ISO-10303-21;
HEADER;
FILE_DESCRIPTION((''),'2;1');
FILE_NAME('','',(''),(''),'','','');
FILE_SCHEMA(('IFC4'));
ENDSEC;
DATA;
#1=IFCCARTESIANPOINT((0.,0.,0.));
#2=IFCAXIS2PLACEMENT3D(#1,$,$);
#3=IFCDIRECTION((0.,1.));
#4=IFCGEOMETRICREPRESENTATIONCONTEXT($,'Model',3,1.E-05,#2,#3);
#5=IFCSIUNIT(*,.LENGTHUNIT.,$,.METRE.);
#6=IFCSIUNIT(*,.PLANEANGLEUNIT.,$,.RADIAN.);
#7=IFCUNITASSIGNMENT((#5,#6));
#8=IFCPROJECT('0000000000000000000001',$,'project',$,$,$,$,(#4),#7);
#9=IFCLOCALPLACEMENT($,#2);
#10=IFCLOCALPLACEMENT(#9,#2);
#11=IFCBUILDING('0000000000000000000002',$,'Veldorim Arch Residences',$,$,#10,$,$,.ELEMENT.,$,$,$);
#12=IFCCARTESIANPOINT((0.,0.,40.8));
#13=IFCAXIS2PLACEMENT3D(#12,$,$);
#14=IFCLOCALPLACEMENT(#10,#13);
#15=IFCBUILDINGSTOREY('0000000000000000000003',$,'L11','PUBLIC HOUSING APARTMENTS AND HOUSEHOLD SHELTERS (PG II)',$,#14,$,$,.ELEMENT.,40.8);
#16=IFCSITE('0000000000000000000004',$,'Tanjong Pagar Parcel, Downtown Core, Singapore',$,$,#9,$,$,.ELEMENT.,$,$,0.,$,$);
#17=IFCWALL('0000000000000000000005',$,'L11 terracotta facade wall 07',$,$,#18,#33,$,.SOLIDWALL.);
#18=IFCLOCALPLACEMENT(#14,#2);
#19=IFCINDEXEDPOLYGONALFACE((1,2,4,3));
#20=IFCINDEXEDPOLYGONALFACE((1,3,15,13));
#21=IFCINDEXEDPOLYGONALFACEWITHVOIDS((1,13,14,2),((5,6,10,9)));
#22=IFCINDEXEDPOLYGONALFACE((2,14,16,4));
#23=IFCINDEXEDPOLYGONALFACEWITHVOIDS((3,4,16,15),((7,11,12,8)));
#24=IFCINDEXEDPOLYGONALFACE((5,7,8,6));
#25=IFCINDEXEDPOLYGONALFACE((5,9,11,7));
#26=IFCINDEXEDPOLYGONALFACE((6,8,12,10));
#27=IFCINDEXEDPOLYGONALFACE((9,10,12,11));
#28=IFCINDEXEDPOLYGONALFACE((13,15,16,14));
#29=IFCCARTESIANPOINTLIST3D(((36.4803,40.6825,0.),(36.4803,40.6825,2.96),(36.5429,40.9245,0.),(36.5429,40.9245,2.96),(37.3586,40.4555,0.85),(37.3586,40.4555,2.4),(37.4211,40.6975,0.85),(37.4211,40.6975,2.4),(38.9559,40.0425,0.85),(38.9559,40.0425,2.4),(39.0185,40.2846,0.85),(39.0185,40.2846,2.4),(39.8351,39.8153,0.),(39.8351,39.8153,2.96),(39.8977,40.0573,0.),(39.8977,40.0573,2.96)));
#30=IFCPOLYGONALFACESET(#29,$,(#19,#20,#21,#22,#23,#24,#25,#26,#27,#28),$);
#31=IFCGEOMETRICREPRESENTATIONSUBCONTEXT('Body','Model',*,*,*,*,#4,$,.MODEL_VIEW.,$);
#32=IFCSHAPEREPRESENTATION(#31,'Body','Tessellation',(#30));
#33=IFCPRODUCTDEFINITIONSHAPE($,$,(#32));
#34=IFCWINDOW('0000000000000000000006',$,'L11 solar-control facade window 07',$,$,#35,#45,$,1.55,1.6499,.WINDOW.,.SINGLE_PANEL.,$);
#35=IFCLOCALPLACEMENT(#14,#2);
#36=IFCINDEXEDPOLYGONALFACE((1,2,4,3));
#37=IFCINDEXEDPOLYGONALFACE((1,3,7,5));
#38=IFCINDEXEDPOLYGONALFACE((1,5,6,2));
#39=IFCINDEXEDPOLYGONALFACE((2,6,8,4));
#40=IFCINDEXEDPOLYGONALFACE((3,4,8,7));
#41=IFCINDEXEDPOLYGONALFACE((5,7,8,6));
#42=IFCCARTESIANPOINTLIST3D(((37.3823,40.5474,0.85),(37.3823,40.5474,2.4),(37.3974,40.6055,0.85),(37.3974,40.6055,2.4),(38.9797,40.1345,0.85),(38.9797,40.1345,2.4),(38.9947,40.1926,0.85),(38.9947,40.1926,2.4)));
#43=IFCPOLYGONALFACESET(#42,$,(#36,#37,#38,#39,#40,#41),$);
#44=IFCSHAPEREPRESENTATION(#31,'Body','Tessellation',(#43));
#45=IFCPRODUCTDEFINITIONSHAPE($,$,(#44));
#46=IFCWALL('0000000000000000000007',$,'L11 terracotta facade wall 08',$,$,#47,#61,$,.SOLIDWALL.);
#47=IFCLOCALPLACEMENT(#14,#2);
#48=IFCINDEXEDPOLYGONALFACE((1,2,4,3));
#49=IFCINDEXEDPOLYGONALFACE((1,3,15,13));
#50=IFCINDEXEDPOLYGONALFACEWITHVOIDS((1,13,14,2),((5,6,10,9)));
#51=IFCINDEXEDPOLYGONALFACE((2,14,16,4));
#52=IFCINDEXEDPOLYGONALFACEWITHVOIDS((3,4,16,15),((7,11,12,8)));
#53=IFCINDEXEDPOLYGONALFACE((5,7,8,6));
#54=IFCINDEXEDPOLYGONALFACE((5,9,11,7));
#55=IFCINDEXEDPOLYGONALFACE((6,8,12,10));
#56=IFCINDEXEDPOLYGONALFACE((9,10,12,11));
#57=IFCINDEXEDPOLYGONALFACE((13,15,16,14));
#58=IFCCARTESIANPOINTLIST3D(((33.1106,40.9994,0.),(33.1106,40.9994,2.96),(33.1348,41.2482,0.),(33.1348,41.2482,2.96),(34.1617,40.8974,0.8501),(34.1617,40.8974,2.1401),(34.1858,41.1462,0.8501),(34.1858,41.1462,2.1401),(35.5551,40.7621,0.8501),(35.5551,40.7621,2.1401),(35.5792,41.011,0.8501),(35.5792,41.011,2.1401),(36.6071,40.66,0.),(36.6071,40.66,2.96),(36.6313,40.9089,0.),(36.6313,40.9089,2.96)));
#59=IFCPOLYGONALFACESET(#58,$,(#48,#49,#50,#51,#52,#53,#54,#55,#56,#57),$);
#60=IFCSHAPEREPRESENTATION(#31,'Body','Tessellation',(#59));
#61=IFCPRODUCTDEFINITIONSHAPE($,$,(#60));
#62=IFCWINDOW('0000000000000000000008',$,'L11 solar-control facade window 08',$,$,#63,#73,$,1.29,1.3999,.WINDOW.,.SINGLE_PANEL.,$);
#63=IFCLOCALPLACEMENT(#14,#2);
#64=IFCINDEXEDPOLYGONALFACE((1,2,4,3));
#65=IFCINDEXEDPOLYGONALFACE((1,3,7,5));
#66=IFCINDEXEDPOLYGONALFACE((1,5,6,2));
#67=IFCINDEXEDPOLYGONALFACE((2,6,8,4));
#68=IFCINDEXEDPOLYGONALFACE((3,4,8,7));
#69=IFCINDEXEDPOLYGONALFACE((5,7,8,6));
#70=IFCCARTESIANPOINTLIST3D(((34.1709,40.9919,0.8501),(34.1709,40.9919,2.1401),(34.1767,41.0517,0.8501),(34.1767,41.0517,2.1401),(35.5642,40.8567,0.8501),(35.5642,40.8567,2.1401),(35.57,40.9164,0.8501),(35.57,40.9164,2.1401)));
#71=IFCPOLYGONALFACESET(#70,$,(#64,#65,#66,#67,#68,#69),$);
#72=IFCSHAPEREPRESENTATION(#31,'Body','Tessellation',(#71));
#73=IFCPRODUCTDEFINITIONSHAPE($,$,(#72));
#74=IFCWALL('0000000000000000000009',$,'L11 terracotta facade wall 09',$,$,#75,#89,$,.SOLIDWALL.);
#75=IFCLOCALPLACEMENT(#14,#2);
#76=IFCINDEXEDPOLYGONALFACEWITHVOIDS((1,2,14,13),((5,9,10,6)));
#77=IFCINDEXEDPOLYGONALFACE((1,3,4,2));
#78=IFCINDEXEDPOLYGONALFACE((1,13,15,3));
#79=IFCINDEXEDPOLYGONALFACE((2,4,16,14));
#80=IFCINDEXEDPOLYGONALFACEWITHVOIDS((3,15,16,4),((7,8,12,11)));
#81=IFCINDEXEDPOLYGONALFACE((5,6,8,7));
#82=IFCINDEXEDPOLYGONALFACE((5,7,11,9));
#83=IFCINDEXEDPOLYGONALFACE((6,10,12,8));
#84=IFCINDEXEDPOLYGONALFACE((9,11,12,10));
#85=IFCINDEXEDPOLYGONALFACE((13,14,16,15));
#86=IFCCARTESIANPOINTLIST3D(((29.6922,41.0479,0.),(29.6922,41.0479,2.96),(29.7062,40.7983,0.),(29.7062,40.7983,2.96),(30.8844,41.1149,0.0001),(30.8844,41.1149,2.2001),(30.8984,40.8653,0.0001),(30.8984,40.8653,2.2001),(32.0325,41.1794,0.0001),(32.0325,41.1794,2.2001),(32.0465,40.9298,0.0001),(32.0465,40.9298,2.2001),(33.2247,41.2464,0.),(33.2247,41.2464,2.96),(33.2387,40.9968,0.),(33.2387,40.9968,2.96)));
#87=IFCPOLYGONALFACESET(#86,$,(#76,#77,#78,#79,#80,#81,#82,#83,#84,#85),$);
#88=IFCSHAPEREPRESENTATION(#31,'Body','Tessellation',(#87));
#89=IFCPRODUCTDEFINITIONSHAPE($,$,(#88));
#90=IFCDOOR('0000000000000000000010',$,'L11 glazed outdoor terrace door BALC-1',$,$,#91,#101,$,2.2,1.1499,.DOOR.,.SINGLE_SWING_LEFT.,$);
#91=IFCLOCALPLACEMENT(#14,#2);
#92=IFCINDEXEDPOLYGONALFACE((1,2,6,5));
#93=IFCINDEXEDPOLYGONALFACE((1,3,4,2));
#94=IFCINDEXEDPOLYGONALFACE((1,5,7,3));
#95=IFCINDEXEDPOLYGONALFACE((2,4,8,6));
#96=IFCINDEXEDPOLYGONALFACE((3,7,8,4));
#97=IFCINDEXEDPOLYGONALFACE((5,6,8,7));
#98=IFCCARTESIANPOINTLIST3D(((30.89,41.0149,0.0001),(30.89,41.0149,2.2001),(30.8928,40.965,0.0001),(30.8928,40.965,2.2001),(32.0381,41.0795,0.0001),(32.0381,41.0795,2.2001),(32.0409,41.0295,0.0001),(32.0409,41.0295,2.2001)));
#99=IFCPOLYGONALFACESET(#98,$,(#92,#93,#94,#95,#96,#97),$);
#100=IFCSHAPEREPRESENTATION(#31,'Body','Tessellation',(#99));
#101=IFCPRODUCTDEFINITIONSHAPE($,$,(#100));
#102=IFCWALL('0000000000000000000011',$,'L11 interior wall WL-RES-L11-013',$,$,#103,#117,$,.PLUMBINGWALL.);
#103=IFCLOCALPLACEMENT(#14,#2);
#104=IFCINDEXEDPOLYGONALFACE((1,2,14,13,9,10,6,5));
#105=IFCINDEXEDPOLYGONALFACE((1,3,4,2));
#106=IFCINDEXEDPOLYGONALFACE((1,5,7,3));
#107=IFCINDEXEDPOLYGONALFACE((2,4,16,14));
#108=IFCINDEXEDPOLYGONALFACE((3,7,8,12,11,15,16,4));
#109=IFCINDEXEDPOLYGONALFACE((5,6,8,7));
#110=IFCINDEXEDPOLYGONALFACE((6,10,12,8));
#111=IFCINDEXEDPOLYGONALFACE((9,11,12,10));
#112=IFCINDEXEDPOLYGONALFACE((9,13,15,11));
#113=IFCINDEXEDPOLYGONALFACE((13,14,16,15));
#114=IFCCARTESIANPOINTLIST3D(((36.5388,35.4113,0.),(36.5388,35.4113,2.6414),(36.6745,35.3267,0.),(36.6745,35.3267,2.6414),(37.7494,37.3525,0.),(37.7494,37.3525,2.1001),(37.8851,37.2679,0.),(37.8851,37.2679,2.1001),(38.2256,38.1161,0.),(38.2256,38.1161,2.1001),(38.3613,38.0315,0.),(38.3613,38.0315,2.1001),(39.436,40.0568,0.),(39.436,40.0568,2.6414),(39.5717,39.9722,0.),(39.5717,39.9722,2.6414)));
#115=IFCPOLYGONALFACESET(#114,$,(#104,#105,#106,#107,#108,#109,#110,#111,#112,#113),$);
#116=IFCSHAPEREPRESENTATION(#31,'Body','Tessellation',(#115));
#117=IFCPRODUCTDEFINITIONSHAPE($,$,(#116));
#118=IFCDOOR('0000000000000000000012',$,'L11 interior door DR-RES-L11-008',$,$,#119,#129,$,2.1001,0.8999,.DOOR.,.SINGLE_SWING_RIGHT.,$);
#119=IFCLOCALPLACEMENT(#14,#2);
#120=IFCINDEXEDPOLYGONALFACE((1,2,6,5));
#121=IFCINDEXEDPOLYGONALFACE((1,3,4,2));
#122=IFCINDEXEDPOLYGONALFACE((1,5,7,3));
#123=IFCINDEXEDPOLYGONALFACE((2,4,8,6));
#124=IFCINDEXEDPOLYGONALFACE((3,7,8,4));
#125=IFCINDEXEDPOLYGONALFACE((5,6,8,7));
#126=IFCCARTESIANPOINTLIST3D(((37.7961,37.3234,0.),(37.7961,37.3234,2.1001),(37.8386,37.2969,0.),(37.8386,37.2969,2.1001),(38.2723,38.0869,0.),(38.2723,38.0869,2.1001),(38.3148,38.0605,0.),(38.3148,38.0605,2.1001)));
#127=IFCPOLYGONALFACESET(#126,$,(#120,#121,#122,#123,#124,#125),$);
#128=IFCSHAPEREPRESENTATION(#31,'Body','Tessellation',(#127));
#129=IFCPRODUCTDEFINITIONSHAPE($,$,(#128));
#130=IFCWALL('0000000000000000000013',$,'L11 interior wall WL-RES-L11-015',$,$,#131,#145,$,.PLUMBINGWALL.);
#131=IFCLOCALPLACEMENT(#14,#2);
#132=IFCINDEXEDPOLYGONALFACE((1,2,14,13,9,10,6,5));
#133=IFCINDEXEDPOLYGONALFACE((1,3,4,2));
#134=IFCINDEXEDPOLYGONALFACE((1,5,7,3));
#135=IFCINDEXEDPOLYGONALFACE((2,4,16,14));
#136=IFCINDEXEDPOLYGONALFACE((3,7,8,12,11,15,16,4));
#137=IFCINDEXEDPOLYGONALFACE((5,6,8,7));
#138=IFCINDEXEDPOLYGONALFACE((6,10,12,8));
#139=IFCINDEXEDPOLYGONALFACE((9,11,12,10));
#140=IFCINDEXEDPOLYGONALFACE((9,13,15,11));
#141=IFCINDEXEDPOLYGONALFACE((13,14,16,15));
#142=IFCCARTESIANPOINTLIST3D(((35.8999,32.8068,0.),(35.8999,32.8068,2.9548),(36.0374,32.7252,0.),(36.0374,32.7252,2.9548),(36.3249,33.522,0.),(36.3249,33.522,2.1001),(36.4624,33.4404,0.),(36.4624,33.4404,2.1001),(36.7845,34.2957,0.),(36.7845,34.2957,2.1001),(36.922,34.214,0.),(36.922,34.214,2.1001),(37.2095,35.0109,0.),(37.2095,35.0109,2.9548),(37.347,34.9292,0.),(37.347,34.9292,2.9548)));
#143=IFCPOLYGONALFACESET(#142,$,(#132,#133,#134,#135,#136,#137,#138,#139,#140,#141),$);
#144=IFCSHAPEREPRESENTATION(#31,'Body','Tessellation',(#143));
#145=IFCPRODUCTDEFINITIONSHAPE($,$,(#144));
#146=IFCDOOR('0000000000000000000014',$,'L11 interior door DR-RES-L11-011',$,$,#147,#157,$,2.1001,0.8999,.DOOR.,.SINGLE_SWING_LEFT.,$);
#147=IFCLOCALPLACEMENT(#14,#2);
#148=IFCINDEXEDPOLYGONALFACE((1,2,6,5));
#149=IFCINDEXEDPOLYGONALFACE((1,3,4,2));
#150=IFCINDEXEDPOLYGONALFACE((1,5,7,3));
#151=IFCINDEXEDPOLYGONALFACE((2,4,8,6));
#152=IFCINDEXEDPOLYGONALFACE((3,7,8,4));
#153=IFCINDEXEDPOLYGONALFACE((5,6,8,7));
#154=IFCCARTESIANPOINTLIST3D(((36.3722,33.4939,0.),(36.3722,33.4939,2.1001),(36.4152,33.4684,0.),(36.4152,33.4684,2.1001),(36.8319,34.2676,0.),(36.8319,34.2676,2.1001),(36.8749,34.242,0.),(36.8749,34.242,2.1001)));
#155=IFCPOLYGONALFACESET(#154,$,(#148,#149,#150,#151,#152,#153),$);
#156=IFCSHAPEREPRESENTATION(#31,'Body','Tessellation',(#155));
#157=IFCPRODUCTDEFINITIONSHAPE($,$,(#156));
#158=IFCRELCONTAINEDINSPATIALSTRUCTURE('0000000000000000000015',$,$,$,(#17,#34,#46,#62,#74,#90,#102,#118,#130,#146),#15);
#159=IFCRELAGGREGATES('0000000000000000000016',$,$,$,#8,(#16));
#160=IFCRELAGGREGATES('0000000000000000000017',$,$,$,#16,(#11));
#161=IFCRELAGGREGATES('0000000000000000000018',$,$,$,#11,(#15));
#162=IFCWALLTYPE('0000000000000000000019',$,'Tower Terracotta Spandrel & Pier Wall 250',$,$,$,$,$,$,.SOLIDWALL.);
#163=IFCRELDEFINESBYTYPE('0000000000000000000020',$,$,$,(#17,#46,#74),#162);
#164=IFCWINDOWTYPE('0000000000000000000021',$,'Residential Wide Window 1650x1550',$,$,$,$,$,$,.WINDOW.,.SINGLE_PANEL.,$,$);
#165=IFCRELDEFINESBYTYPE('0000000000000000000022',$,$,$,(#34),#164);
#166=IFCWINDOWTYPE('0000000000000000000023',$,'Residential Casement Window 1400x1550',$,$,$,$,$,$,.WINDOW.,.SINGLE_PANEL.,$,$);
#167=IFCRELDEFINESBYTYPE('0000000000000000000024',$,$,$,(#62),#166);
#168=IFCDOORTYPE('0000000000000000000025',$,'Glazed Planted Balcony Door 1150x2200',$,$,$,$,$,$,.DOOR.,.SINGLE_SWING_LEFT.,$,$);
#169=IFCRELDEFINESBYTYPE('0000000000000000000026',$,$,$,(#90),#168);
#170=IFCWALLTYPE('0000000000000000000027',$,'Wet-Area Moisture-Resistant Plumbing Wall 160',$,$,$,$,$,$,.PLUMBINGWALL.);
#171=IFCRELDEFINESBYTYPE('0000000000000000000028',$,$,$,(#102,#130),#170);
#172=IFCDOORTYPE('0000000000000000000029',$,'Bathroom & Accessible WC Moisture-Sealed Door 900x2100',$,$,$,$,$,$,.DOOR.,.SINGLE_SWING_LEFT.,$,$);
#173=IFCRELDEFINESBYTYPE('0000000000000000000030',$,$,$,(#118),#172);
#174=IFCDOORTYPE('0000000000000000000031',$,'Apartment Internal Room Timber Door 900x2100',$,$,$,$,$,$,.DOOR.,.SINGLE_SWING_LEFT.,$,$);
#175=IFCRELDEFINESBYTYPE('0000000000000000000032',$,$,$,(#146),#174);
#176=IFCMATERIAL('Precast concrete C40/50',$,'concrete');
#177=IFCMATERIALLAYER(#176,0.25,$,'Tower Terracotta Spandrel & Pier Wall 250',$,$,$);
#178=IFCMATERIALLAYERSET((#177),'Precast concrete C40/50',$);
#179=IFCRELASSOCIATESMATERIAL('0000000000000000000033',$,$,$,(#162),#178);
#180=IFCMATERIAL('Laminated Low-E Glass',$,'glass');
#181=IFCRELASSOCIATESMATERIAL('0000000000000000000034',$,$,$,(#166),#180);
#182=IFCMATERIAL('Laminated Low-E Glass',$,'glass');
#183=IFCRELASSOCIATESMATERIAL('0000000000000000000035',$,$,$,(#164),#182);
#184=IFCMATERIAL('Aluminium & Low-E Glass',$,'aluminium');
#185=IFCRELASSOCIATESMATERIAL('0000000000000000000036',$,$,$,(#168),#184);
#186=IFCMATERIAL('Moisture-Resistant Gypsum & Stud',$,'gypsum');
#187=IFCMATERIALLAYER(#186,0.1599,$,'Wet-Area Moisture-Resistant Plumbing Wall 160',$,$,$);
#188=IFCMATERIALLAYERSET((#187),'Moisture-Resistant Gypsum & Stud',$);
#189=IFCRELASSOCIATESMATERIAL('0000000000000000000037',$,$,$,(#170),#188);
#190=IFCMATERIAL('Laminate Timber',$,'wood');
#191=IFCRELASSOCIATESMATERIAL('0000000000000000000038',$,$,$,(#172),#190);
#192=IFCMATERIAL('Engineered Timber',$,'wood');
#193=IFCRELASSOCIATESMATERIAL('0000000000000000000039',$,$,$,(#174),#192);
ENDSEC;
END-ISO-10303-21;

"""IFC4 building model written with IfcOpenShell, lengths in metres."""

from ifc_helpers import new_model, si_unit, direction, frame, frame_2d, origin, place, context, subcontext, project, spatial, rectangle, extrude, material, layer, layer_set, type_object, element, fill, save


model = new_model("IFC4")

# Units and contexts
model_context = context("Model", 3, precision=1e-05, world=origin(), true_north=direction((0.0, 1.0)))
body_context = subcontext(model_context, "Body", "Model", "MODEL_VIEW")
ifc_project = project(units=[si_unit("LENGTHUNIT", "METRE"), si_unit("PLANEANGLEUNIT", "RADIAN")], contexts=[model_context])

# Site, building, storey
site_placement = place(None, origin())
site = spatial("IfcSite", under=ifc_project, at=site_placement, Name="Tanjong Pagar Parcel, Downtown Core, Singapore", CompositionType="ELEMENT", RefElevation=0.0)
building_placement = place(site_placement, origin())
building = spatial("IfcBuilding", under=site, at=building_placement, Name="Veldorim Arch Residences", CompositionType="ELEMENT")
storey_placement = place(building_placement, frame((0.0, 0.0, 40.8)))
storey = spatial("IfcBuildingStorey", under=building, at=storey_placement, Name="L11", Description="PUBLIC HOUSING APARTMENTS AND HOUSEHOLD SHELTERS (PG II)", CompositionType="ELEMENT", Elevation=40.8)

# Walls, openings, windows
ifc_material_1 = material(Name="Precast concrete C40/50", Category="concrete")
ifc_layer_1 = layer(ifc_material_1, 0.25, Name="Tower Terracotta Spandrel & Pier Wall 250")
ifc_layer_set_1 = layer_set([ifc_layer_1], Name="Precast concrete C40/50")
wall_type_1 = type_object("IfcWallType", Name="Tower Terracotta Spandrel & Pier Wall 250", PredefinedType="SOLIDWALL", material=ifc_layer_set_1)
ifc_material_2 = material(Name="Laminated Low-E Glass", Category="glass")
window_type_1 = type_object("IfcWindowType", Name="Residential Casement Window 1400x1550", PartitioningType="SINGLE_PANEL", PredefinedType="WINDOW", material=ifc_material_2)
wall_1_placement = place(storey_placement, frame((36.5117, 40.8035, 0.0), z_axis=(0.0, 0.0, 1.0), x_axis=(0.968176, -0.25027, 0.0)))
wall_1 = element("IfcWall", 1, at=wall_1_placement, inside=storey, type_object=wall_type_1, Name="L11 terracotta facade wall 07", PredefinedType="SOLIDWALL", context=body_context, shape_type="SweptSolid", body=[
    extrude(rectangle(XDim=3.4651, YDim=0.25, at=frame_2d((1.7324, 0.0))), origin(), (0.0, 0.0, 1.0), 2.96),
])
opening_1_placement = place(wall_1_placement, frame((0.907, 0.0, 0.8501)))
opening_1 = element("IfcOpeningElement", 2, at=opening_1_placement, cuts=wall_1, PredefinedType="OPENING", context=body_context, shape_type="SweptSolid", body=[
    extrude(rectangle(XDim=1.6499, YDim=1.55, at=frame_2d((0.825, 0.7749))), frame((0.0, 0.135, 0.0), z_axis=(0.0, -1.0, 0.0), x_axis=(1.0, 0.0, 0.0)), (0.0, 0.0, 1.0), 0.27),
])
ifc_material_3 = material(Name="Laminated Low-E Glass", Category="glass")
window_type_2 = type_object("IfcWindowType", Name="Residential Wide Window 1650x1550", PartitioningType="SINGLE_PANEL", PredefinedType="WINDOW", material=ifc_material_3)
window_1_placement = place(opening_1_placement, origin())
window_1 = element("IfcWindow", 3, at=window_1_placement, inside=storey, type_object=window_type_2, Name="L11 solar-control facade window 07", OverallHeight=1.55, OverallWidth=1.6499, PartitioningType="SINGLE_PANEL", PredefinedType="WINDOW", context=body_context, shape_type="SweptSolid", body=[
    extrude(rectangle(XDim=1.6499, YDim=1.55, at=frame_2d((0.825, 0.7749))), frame((0.0, 0.03, 0.0), z_axis=(0.0, -1.0, 0.0), x_axis=(1.0, 0.0, 0.0)), (0.0, 0.0, 1.0), 0.0601),
])
fill(opening_1, window_1)
wall_2_placement = place(storey_placement, frame((33.1228, 41.1238, 0.0), z_axis=(0.0, 0.0, 1.0), x_axis=(0.995323, -0.0966, 0.0)))
wall_2 = element("IfcWall", 4, at=wall_2_placement, inside=storey, type_object=wall_type_1, Name="L11 terracotta facade wall 08", PredefinedType="SOLIDWALL", context=body_context, shape_type="SweptSolid", body=[
    extrude(rectangle(XDim=3.5129, YDim=0.25, at=frame_2d((1.7563, 0.0))), origin(), (0.0, 0.0, 1.0), 2.96),
])
opening_2_placement = place(wall_2_placement, frame((1.0559, 0.0, 0.8501)))
opening_2 = element("IfcOpeningElement", 5, at=opening_2_placement, cuts=wall_2, PredefinedType="OPENING", context=body_context, shape_type="SweptSolid", body=[
    extrude(rectangle(XDim=1.3999, YDim=1.29, at=frame_2d((0.7, 0.645))), frame((0.0, 0.135, 0.0), z_axis=(0.0, -1.0, 0.0), x_axis=(1.0, 0.0, 0.0)), (0.0, 0.0, 1.0), 0.27),
])
window_2_placement = place(opening_2_placement, origin())
window_2 = element("IfcWindow", 6, at=window_2_placement, inside=storey, type_object=window_type_1, Name="L11 solar-control facade window 08", OverallHeight=1.29, OverallWidth=1.3999, PartitioningType="SINGLE_PANEL", PredefinedType="WINDOW", context=body_context, shape_type="SweptSolid", body=[
    extrude(rectangle(XDim=1.3999, YDim=1.29, at=frame_2d((0.7, 0.645))), frame((0.0, 0.03, 0.0), z_axis=(0.0, -1.0, 0.0), x_axis=(1.0, 0.0, 0.0)), (0.0, 0.0, 1.0), 0.0601),
])
fill(opening_2, window_2)

# Walls, openings, doors
wall_3_placement = place(storey_placement, frame((29.6992, 40.9231, 0.0), z_axis=(0.0, 0.0, 1.0), x_axis=(0.998425, 0.056101, 0.0)))
wall_3 = element("IfcWall", 7, at=wall_3_placement, inside=storey, type_object=wall_type_1, Name="L11 terracotta facade wall 09", PredefinedType="SOLIDWALL", context=body_context, shape_type="SweptSolid", body=[
    extrude(rectangle(XDim=3.5381, YDim=0.25, at=frame_2d((1.769, 0.0))), origin(), (0.0, 0.0, 1.0), 2.96),
])
opening_3_placement = place(wall_3_placement, frame((1.1941, 0.0, 0.0)))
opening_3 = element("IfcOpeningElement", 8, at=opening_3_placement, cuts=wall_3, PredefinedType="OPENING", context=body_context, shape_type="SweptSolid", body=[
    extrude(rectangle(XDim=1.1499, YDim=2.2, at=frame_2d((0.575, 1.1001))), frame((0.0, 0.135, 0.0), z_axis=(0.0, -1.0, 0.0), x_axis=(1.0, 0.0, 0.0)), (0.0, 0.0, 1.0), 0.27),
])
ifc_material_4 = material(Name="Aluminium & Low-E Glass", Category="aluminium")
door_type_1 = type_object("IfcDoorType", Name="Glazed Planted Balcony Door 1150x2200", OperationType="SINGLE_SWING_LEFT", PredefinedType="DOOR", material=ifc_material_4)
door_1_placement = place(opening_3_placement, origin())
door_1 = element("IfcDoor", 9, at=door_1_placement, inside=storey, type_object=door_type_1, Name="L11 glazed outdoor terrace door BALC-1", OperationType="SINGLE_SWING_LEFT", OverallHeight=2.2, OverallWidth=1.1499, PredefinedType="DOOR", context=body_context, shape_type="SweptSolid", body=[
    extrude(rectangle(XDim=1.1499, YDim=2.2, at=frame_2d((0.575, 1.1001))), frame((0.0, 0.0249, 0.0), z_axis=(0.0, -1.0, 0.0), x_axis=(1.0, 0.0, 0.0)), (0.0, 0.0, 1.0), 0.05),
])
fill(opening_3, door_1)
ifc_material_5 = material(Name="Moisture-Resistant Gypsum & Stud", Category="gypsum")
ifc_layer_2 = layer(ifc_material_5, 0.1599, Name="Wet-Area Moisture-Resistant Plumbing Wall 160")
ifc_layer_set_2 = layer_set([ifc_layer_2], Name="Moisture-Resistant Gypsum & Stud")
wall_type_2 = type_object("IfcWallType", Name="Wet-Area Moisture-Resistant Plumbing Wall 160", PredefinedType="PLUMBINGWALL", material=ifc_layer_set_2)
wall_4_placement = place(storey_placement, frame((36.6067, 35.3691, 0.0), z_axis=(0.0, 0.0, 1.0), x_axis=(0.529181, 0.848509, 0.0)))
wall_4 = element("IfcWall", 10, at=wall_4_placement, inside=storey, type_object=wall_type_2, Name="L11 interior wall WL-RES-L11-013", PredefinedType="PLUMBINGWALL", context=body_context, shape_type="SweptSolid", body=[
    extrude(rectangle(XDim=5.4749, YDim=0.1599, at=frame_2d((2.7373, 0.0))), origin(), (0.0, 0.0, 1.0), 2.6414),
])
opening_4_placement = place(wall_4_placement, frame((2.2876, 0.0, 0.0)))
opening_4 = element("IfcOpeningElement", 11, at=opening_4_placement, cuts=wall_4, PredefinedType="OPENING", context=body_context, shape_type="SweptSolid", body=[
    extrude(rectangle(XDim=0.8999, YDim=2.1001, at=frame_2d((0.45, 1.05))), frame((0.0, 0.0898, 0.0), z_axis=(0.0, -1.0, 0.0), x_axis=(1.0, 0.0, 0.0)), (0.0, 0.0, 1.0), 0.1799),
])
ifc_material_6 = material(Name="Laminate Timber", Category="wood")
door_type_2 = type_object("IfcDoorType", Name="Bathroom & Accessible WC Moisture-Sealed Door 900x2100", OperationType="SINGLE_SWING_LEFT", PredefinedType="DOOR", material=ifc_material_6)
door_2_placement = place(opening_4_placement, origin())
door_2 = element("IfcDoor", 12, at=door_2_placement, inside=storey, type_object=door_type_2, Name="L11 interior door DR-RES-L11-008", OperationType="SINGLE_SWING_RIGHT", OverallHeight=2.1001, OverallWidth=0.8999, PredefinedType="DOOR", context=body_context, shape_type="SweptSolid", body=[
    extrude(rectangle(XDim=0.8999, YDim=2.1001, at=frame_2d((0.45, 1.05))), frame((0.0, 0.0249, 0.0), z_axis=(0.0, -1.0, 0.0), x_axis=(1.0, 0.0, 0.0)), (0.0, 0.0, 1.0), 0.05),
])
fill(opening_4, door_2)
wall_5_placement = place(storey_placement, frame((35.9688, 32.7661, 0.0), z_axis=(0.0, 0.0, 1.0), x_axis=(0.510794, 0.859703, 0.0)))
wall_5 = element("IfcWall", 13, at=wall_5_placement, inside=storey, type_object=wall_type_2, Name="L11 interior wall WL-RES-L11-015", PredefinedType="PLUMBINGWALL", context=body_context, shape_type="SweptSolid", body=[
    extrude(rectangle(XDim=2.5637, YDim=0.1599, at=frame_2d((1.2817, 0.0))), origin(), (0.0, 0.0, 1.0), 2.9548),
])
opening_5_placement = place(wall_5_placement, frame((0.8318, 0.0, 0.0)))
opening_5 = element("IfcOpeningElement", 14, at=opening_5_placement, cuts=wall_5, PredefinedType="OPENING", context=body_context, shape_type="SweptSolid", body=[
    extrude(rectangle(XDim=0.8999, YDim=2.1001, at=frame_2d((0.45, 1.05))), frame((0.0, 0.0898, 0.0), z_axis=(0.0, -1.0, 0.0), x_axis=(1.0, 0.0, 0.0)), (0.0, 0.0, 1.0), 0.1799),
])
ifc_material_7 = material(Name="Engineered Timber", Category="wood")
door_type_3 = type_object("IfcDoorType", Name="Apartment Internal Room Timber Door 900x2100", OperationType="SINGLE_SWING_LEFT", PredefinedType="DOOR", material=ifc_material_7)
door_3_placement = place(opening_5_placement, origin())
door_3 = element("IfcDoor", 15, at=door_3_placement, inside=storey, type_object=door_type_3, Name="L11 interior door DR-RES-L11-011", OperationType="SINGLE_SWING_LEFT", OverallHeight=2.1001, OverallWidth=0.8999, PredefinedType="DOOR", context=body_context, shape_type="SweptSolid", body=[
    extrude(rectangle(XDim=0.8999, YDim=2.1001, at=frame_2d((0.45, 1.05))), frame((0.0, 0.0249, 0.0), z_axis=(0.0, -1.0, 0.0), x_axis=(1.0, 0.0, 0.0)), (0.0, 0.0, 1.0), 0.05),
])
fill(opening_5, door_3)

save(model, "model.ifc")
